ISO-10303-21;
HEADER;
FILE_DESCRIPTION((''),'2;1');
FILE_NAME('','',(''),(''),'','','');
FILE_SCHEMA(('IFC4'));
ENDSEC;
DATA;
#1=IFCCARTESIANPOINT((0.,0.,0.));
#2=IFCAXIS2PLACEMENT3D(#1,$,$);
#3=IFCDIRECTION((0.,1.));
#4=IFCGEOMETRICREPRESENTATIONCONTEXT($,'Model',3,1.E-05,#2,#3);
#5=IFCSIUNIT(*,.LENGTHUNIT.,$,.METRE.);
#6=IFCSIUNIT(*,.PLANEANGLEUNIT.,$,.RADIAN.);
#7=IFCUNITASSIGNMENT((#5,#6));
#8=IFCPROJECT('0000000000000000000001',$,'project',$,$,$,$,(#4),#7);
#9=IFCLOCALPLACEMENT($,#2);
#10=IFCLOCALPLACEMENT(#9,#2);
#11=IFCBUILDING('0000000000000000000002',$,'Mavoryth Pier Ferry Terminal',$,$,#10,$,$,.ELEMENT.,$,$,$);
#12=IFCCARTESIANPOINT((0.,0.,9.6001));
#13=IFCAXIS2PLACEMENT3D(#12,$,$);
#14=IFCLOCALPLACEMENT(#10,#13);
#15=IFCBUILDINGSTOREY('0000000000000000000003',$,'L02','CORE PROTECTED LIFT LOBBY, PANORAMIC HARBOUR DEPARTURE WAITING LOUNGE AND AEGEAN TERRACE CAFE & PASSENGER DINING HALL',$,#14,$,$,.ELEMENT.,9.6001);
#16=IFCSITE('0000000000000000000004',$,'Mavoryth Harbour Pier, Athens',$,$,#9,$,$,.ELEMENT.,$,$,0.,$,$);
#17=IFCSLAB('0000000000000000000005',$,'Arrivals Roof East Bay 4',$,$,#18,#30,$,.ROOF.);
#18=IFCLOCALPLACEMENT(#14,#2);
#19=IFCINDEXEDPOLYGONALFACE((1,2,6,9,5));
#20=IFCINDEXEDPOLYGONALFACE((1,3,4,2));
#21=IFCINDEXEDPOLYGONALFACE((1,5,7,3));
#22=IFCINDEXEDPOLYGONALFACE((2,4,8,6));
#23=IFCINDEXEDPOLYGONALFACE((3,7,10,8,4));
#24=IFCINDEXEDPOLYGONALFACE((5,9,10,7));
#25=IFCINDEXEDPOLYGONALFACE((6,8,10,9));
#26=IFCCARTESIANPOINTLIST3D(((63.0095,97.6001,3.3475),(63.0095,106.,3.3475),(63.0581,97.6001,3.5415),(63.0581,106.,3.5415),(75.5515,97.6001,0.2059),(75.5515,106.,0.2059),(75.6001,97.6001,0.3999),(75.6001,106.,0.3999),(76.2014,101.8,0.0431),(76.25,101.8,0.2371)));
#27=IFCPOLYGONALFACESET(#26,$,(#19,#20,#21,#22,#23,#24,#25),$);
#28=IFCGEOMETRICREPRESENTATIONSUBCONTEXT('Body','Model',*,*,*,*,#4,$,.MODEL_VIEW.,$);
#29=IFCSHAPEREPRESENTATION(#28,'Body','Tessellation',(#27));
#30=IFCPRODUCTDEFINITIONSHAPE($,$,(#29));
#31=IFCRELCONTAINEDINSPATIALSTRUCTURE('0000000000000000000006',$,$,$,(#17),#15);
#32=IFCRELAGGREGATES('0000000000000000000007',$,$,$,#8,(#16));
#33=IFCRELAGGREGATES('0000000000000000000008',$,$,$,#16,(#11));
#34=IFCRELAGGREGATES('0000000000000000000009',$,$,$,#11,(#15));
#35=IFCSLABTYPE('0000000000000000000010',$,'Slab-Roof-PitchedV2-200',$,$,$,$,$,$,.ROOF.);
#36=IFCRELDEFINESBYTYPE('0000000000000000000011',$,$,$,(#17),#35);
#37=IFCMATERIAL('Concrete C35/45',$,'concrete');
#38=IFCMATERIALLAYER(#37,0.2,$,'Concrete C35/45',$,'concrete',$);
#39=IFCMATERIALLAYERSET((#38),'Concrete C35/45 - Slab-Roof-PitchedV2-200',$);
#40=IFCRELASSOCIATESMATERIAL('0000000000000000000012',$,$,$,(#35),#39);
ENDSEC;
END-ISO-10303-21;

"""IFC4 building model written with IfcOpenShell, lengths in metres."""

from ifc_helpers import new_model, si_unit, direction, frame, origin, place, context, subcontext, project, spatial, polyline, outline, extrude, material, layer, layer_set, type_object, element, save


model = new_model("IFC4")

# Units and contexts
model_context = context("Model", 3, precision=1e-05, world=origin(), true_north=direction((0.0, 1.0)))
body_context = subcontext(model_context, "Body", "Model", "MODEL_VIEW")
ifc_project = project(units=[si_unit("LENGTHUNIT", "METRE"), si_unit("PLANEANGLEUNIT", "RADIAN")], contexts=[model_context])

# Site, building, storey
site_placement = place(None, origin())
site = spatial("IfcSite", under=ifc_project, at=site_placement, Name="Mavoryth Harbour Pier, Athens", CompositionType="ELEMENT", RefElevation=0.0)
building_placement = place(site_placement, origin())
building = spatial("IfcBuilding", under=site, at=building_placement, Name="Mavoryth Pier Ferry Terminal", CompositionType="ELEMENT")
storey_placement = place(building_placement, frame((0.0, 0.0, 9.6001)))
storey = spatial("IfcBuildingStorey", under=building, at=storey_placement, Name="L02", Description="CORE PROTECTED LIFT LOBBY, PANORAMIC HARBOUR DEPARTURE WAITING LOUNGE AND AEGEAN TERRACE CAFE & PASSENGER DINING HALL", CompositionType="ELEMENT", Elevation=9.6001)

# Slab
ifc_material_1 = material(Name="Concrete C35/45", Category="concrete")
ifc_layer_1 = layer(ifc_material_1, 0.2, Name="Concrete C35/45", Category="concrete")
ifc_layer_set_1 = layer_set([ifc_layer_1], Name="Concrete C35/45 - Slab-Roof-PitchedV2-200")
slab_type = type_object("IfcSlabType", Name="Slab-Roof-PitchedV2-200", PredefinedType="ROOF", material=ifc_layer_set_1)
slab_1_placement = place(storey_placement, frame((63.0581, 97.6001, 3.5415), z_axis=(0.242982, 0.0, 0.970031), x_axis=(0.970031, 0.0, -0.242982)))
element("IfcSlab", 1, at=slab_1_placement, inside=storey, type_object=slab_type, Name="Arrivals Roof East Bay 4", PredefinedType="ROOF", context=body_context, shape_type="SweptSolid", body=[
    extrude(outline(polyline([(0.0, 0.0), (12.9295, 0.0), (13.5995, 4.2), (12.9295, 8.3999), (0.0, 8.3999), (0.0, 0.0)])), origin(), (0.0, 0.0, -1.0), 0.2),
])

save(model, "model.ifc")
